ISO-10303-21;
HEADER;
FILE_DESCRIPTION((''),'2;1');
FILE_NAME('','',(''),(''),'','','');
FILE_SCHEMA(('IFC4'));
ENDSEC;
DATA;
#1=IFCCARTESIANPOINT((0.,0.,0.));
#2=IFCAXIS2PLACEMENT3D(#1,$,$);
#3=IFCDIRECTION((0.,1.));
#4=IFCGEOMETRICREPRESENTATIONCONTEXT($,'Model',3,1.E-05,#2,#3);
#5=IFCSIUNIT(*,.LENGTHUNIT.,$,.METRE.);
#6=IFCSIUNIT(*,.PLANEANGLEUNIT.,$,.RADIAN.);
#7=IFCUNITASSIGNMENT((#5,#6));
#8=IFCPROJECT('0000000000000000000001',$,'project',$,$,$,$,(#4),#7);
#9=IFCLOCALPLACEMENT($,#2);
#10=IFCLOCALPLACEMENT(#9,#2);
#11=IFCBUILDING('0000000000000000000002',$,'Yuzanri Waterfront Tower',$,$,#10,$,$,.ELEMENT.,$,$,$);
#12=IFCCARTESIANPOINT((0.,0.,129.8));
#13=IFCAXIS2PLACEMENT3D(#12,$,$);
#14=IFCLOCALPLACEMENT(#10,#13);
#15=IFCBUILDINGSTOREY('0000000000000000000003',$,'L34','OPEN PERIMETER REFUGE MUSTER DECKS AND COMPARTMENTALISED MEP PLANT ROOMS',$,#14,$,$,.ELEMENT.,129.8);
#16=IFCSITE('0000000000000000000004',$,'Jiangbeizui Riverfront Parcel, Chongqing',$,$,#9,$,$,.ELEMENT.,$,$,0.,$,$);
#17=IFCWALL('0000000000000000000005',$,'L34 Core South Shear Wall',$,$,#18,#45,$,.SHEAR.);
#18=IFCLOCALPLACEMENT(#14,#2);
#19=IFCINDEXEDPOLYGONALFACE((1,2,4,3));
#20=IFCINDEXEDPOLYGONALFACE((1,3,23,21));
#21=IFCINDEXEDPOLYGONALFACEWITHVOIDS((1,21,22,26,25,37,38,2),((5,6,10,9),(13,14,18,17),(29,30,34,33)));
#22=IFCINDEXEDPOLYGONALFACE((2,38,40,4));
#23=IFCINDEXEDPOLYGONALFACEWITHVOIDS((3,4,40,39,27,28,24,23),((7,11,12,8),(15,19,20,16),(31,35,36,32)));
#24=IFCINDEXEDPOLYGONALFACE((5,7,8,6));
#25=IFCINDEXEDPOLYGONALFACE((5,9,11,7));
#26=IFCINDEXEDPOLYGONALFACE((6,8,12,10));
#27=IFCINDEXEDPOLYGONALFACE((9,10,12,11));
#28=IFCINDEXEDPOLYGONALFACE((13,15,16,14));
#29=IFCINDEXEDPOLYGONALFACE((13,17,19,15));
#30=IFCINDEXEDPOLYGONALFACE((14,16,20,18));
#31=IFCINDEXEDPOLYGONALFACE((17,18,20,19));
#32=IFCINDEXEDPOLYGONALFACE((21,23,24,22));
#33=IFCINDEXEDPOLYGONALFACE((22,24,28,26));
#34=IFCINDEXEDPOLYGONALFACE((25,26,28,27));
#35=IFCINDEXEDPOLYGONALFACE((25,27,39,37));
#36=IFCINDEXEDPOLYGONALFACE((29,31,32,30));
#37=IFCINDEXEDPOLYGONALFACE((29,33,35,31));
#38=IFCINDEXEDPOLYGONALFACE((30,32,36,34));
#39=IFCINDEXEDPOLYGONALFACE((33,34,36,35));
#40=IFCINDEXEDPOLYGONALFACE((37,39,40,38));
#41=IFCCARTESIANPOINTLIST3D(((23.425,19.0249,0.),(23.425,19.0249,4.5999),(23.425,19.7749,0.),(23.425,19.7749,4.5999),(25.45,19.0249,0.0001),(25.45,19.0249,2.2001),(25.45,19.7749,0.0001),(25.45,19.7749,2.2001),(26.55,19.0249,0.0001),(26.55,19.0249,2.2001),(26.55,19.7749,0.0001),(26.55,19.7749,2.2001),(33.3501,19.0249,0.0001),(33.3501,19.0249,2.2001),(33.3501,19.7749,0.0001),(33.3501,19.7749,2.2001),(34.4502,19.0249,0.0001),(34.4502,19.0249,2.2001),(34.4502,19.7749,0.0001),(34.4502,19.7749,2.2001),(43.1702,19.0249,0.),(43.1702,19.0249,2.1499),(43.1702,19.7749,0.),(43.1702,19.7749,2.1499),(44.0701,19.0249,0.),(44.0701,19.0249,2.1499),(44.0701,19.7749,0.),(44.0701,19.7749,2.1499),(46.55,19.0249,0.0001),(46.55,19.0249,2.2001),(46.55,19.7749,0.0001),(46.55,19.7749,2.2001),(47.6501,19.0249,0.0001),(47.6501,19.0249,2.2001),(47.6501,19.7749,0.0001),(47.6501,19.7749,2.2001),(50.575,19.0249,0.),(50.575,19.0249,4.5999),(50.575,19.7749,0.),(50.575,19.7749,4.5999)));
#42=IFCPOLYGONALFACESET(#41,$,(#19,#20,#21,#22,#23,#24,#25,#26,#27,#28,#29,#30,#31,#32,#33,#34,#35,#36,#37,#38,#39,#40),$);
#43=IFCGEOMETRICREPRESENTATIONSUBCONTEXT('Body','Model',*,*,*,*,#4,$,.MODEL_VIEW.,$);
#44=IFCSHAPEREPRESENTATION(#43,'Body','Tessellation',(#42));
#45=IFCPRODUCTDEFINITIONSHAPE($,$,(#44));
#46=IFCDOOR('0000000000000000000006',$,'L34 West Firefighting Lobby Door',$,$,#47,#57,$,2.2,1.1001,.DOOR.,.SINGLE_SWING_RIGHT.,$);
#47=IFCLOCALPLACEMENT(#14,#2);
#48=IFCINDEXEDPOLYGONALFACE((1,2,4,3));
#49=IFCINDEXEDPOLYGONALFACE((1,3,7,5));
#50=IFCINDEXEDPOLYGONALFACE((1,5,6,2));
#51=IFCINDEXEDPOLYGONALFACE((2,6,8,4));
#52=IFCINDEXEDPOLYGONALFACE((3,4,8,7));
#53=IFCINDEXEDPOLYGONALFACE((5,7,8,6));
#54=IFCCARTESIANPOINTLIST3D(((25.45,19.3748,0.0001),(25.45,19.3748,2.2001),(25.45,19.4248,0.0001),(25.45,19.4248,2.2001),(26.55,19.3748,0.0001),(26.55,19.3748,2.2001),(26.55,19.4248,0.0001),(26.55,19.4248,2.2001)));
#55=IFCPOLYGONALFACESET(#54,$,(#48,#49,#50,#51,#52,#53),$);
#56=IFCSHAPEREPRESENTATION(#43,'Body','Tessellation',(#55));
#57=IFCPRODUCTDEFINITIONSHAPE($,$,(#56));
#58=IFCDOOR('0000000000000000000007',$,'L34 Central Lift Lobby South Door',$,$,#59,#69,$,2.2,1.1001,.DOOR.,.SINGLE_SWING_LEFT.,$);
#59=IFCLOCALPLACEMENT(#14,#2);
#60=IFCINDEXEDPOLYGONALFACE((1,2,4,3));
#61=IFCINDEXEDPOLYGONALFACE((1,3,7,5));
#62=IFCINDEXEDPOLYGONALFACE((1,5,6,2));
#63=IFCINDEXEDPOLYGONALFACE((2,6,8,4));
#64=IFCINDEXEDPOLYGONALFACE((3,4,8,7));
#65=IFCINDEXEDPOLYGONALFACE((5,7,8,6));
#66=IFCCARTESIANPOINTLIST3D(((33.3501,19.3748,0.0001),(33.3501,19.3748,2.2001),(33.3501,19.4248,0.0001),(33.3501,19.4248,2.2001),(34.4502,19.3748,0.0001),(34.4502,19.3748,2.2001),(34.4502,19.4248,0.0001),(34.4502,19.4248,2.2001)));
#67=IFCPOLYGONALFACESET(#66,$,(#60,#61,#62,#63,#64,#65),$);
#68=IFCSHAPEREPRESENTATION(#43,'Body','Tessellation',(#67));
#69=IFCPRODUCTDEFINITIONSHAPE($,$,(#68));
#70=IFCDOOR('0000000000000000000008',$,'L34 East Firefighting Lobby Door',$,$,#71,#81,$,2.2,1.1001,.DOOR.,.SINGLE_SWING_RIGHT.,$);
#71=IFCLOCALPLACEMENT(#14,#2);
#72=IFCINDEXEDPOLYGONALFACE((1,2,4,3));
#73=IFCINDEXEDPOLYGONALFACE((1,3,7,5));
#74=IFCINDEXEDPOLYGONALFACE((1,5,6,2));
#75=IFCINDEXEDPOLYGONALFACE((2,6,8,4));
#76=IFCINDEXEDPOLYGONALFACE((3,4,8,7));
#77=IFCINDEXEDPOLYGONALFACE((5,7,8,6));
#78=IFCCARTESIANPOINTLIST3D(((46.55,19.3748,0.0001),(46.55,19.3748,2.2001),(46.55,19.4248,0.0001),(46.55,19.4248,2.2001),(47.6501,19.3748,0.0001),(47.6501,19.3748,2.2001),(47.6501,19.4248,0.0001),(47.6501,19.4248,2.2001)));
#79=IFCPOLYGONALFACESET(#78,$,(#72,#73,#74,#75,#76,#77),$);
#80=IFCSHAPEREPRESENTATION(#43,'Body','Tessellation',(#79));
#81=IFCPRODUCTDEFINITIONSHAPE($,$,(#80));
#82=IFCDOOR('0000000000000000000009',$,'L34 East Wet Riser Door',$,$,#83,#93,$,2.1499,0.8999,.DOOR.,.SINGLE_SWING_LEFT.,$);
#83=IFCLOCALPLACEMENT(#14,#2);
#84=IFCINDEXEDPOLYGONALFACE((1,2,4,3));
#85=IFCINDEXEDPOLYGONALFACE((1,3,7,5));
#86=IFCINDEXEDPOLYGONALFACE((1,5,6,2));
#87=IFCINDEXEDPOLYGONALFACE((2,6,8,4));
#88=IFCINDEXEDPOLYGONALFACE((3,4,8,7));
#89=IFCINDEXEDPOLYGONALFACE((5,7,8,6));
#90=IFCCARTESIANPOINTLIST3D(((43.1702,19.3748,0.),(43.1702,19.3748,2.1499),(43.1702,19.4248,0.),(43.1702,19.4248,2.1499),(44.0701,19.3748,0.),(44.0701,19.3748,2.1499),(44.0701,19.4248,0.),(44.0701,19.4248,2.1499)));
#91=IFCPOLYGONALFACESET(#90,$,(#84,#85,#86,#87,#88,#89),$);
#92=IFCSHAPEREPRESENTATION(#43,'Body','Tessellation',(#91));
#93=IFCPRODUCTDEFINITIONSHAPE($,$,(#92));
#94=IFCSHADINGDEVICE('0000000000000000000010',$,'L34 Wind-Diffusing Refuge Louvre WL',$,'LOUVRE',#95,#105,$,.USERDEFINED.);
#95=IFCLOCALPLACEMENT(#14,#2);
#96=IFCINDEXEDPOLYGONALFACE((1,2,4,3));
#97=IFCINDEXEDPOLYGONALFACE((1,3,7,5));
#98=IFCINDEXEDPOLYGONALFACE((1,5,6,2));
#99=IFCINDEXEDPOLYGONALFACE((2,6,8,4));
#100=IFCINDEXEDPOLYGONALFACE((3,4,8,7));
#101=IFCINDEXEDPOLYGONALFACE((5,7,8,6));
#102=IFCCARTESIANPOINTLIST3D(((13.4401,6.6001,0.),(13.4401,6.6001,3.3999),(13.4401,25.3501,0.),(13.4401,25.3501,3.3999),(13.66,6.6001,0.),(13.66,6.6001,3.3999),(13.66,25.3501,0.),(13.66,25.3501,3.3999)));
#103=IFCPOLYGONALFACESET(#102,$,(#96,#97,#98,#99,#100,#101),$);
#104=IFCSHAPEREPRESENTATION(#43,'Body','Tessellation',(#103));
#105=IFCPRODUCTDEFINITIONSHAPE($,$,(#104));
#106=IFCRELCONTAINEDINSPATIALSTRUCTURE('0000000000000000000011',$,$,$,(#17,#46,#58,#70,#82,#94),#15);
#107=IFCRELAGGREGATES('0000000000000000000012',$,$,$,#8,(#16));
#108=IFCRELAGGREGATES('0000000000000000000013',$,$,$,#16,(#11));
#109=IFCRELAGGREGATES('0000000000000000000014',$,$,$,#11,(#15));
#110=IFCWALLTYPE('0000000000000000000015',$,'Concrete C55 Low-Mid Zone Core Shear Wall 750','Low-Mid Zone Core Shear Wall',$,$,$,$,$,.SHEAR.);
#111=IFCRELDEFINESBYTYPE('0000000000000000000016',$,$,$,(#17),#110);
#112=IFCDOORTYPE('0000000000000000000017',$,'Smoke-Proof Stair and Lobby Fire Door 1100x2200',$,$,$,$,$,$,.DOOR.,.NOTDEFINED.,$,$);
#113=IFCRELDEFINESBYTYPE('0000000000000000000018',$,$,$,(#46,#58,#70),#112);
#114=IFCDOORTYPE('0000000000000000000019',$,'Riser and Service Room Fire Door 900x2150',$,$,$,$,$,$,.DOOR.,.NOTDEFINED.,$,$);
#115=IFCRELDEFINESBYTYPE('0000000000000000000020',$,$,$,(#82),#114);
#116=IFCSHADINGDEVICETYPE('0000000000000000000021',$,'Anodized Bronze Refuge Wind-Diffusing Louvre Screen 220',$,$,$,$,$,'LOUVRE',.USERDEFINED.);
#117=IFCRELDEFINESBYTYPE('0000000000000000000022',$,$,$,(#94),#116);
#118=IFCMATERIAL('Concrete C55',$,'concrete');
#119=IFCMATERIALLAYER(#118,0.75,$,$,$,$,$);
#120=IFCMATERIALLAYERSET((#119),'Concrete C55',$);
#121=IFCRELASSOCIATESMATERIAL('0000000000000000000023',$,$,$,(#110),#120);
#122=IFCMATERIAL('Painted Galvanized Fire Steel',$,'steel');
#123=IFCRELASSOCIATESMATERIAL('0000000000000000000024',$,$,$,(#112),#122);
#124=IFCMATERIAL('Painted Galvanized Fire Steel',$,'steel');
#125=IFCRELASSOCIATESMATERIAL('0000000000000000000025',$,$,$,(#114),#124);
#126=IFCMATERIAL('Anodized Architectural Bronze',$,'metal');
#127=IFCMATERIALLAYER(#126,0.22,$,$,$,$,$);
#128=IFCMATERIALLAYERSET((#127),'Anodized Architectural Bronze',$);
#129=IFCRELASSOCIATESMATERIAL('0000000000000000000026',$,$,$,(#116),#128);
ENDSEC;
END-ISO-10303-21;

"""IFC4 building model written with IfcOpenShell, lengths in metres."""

from ifc_helpers import new_model, si_unit, direction, frame, frame_2d, origin, origin_2d, place, context, subcontext, project, spatial, rectangle, extrude, source, transform, mapped, material, layer, layer_set, type_object, element, fill, save


model = new_model("IFC4")

# Units and contexts
model_context = context("Model", 3, precision=1e-05, world=origin(), true_north=direction((0.0, 1.0)))
body_context = subcontext(model_context, "Body", "Model", "MODEL_VIEW")
ifc_project = project(units=[si_unit("LENGTHUNIT", "METRE"), si_unit("PLANEANGLEUNIT", "RADIAN")], contexts=[model_context])

# Site, building, storey
site_placement = place(None, origin())
site = spatial("IfcSite", under=ifc_project, at=site_placement, Name="Jiangbeizui Riverfront Parcel, Chongqing", CompositionType="ELEMENT", RefElevation=0.0)
building_placement = place(site_placement, origin())
building = spatial("IfcBuilding", under=site, at=building_placement, Name="Yuzanri Waterfront Tower", CompositionType="ELEMENT")
storey_placement = place(building_placement, frame((0.0, 0.0, 129.8)))
storey = spatial("IfcBuildingStorey", under=building, at=storey_placement, Name="L34", Description="OPEN PERIMETER REFUGE MUSTER DECKS AND COMPARTMENTALISED MEP PLANT ROOMS", CompositionType="ELEMENT", Elevation=129.8)

# Wall, openings, doors
ifc_material_1 = material(Name="Concrete C55", Category="concrete")
ifc_layer_1 = layer(ifc_material_1, 0.75)
ifc_layer_set_1 = layer_set([ifc_layer_1], Name="Concrete C55")
wall_type = type_object("IfcWallType", Name="Concrete C55 Low-Mid Zone Core Shear Wall 750", Description="Low-Mid Zone Core Shear Wall", PredefinedType="SHEAR", material=ifc_layer_set_1)
wall_placement = place(storey_placement, frame((23.425, 19.3999, 0.0), z_axis=(0.0, 0.0, 1.0), x_axis=(1.0, 0.0, 0.0)))
wall = element("IfcWall", 1, at=wall_placement, inside=storey, type_object=wall_type, Name="L34 Core South Shear Wall", PredefinedType="SHEAR", context=body_context, shape_type="SweptSolid", body=[
    extrude(rectangle(XDim=27.1499, YDim=0.75, at=frame_2d((13.575, 0.0))), origin(), (0.0, 0.0, 1.0), 4.5999),
])
opening_1_placement = place(wall_placement, frame((2.0249, 0.0, 0.0)))
opening_1 = element("IfcOpeningElement", 2, at=opening_1_placement, cuts=wall, PredefinedType="OPENING", context=body_context, shape_type="SweptSolid", body=[
    extrude(rectangle(XDim=1.1001, YDim=2.2, at=frame_2d((0.55, 1.1001))), frame((0.0, 0.3899, 0.0), z_axis=(0.0, -1.0, 0.0), x_axis=(1.0, 0.0, 0.0)), (0.0, 0.0, 1.0), 0.7798),
])
opening_2_placement = place(wall_placement, frame((9.925, 0.0, 0.0)))
opening_2 = element("IfcOpeningElement", 3, at=opening_2_placement, cuts=wall, PredefinedType="OPENING", context=body_context, shape_type="SweptSolid", body=[
    extrude(rectangle(XDim=1.1001, YDim=2.2, at=frame_2d((0.55, 1.1001))), frame((0.0, 0.3899, 0.0), z_axis=(0.0, -1.0, 0.0), x_axis=(1.0, 0.0, 0.0)), (0.0, 0.0, 1.0), 0.7798),
])
opening_3_placement = place(wall_placement, frame((23.125, 0.0, 0.0)))
opening_3 = element("IfcOpeningElement", 4, at=opening_3_placement, cuts=wall, PredefinedType="OPENING", context=body_context, shape_type="SweptSolid", body=[
    extrude(rectangle(XDim=1.1001, YDim=2.2, at=frame_2d((0.55, 1.1001))), frame((0.0, 0.3899, 0.0), z_axis=(0.0, -1.0, 0.0), x_axis=(1.0, 0.0, 0.0)), (0.0, 0.0, 1.0), 0.7798),
])
opening_4_placement = place(wall_placement, frame((19.7451, 0.0, 0.0)))
opening_4 = element("IfcOpeningElement", 5, at=opening_4_placement, cuts=wall, PredefinedType="OPENING", context=body_context, shape_type="SweptSolid", body=[
    extrude(rectangle(XDim=0.8999, YDim=2.1499, at=frame_2d((0.45, 1.075))), frame((0.0, 0.3899, 0.0), z_axis=(0.0, -1.0, 0.0), x_axis=(1.0, 0.0, 0.0)), (0.0, 0.0, 1.0), 0.7798),
])
ifc_material_2 = material(Name="Painted Galvanized Fire Steel", Category="steel")
door_type_1 = type_object("IfcDoorType", Name="Smoke-Proof Stair and Lobby Fire Door 1100x2200", OperationType="NOTDEFINED", PredefinedType="DOOR", material=ifc_material_2)
shared_shape_1 = source(origin(), body_context, "Body", "SweptSolid", [
    extrude(rectangle(XDim=1.1001, YDim=2.2, at=frame_2d((0.55, 1.1001))), frame((0.0, 0.0249, 0.0), z_axis=(0.0, -1.0, 0.0), x_axis=(1.0, 0.0, 0.0)), (0.0, 0.0, 1.0), 0.05),
])
door_1_placement = place(opening_1_placement, origin())
door_1 = element("IfcDoor", 6, at=door_1_placement, inside=storey, type_object=door_type_1, Name="L34 West Firefighting Lobby Door", OperationType="SINGLE_SWING_RIGHT", OverallHeight=2.2, OverallWidth=1.1001, PredefinedType="DOOR", context=body_context, shape_type="MappedRepresentation", body=[
    mapped(shared_shape_1, transform((0.0, 0.0, 0.0), scale=1.0)),
])
fill(opening_1, door_1)
door_2_placement = place(opening_2_placement, origin())
door_2 = element("IfcDoor", 7, at=door_2_placement, inside=storey, type_object=door_type_1, Name="L34 Central Lift Lobby South Door", OperationType="SINGLE_SWING_LEFT", OverallHeight=2.2, OverallWidth=1.1001, PredefinedType="DOOR", context=body_context, shape_type="MappedRepresentation", body=[
    mapped(shared_shape_1, transform((0.0, 0.0, 0.0), scale=1.0)),
])
fill(opening_2, door_2)
door_3_placement = place(opening_3_placement, origin())
door_3 = element("IfcDoor", 8, at=door_3_placement, inside=storey, type_object=door_type_1, Name="L34 East Firefighting Lobby Door", OperationType="SINGLE_SWING_RIGHT", OverallHeight=2.2, OverallWidth=1.1001, PredefinedType="DOOR", context=body_context, shape_type="MappedRepresentation", body=[
    mapped(shared_shape_1, transform((0.0, 0.0, 0.0), scale=1.0)),
])
fill(opening_3, door_3)
ifc_material_3 = material(Name="Painted Galvanized Fire Steel", Category="steel")
door_type_2 = type_object("IfcDoorType", Name="Riser and Service Room Fire Door 900x2150", OperationType="NOTDEFINED", PredefinedType="DOOR", material=ifc_material_3)
shared_shape_2 = source(origin(), body_context, "Body", "SweptSolid", [
    extrude(rectangle(XDim=0.8999, YDim=2.1499, at=frame_2d((0.45, 1.075))), frame((0.0, 0.0249, 0.0), z_axis=(0.0, -1.0, 0.0), x_axis=(1.0, 0.0, 0.0)), (0.0, 0.0, 1.0), 0.05),
])
door_4_placement = place(opening_4_placement, origin())
door_4 = element("IfcDoor", 9, at=door_4_placement, inside=storey, type_object=door_type_2, Name="L34 East Wet Riser Door", OperationType="SINGLE_SWING_LEFT", OverallHeight=2.1499, OverallWidth=0.8999, PredefinedType="DOOR", context=body_context, shape_type="MappedRepresentation", body=[
    mapped(shared_shape_2, transform((0.0, 0.0, 0.0), scale=1.0)),
])
fill(opening_4, door_4)

# Shading device
ifc_material_4 = material(Name="Anodized Architectural Bronze", Category="metal")
ifc_layer_2 = layer(ifc_material_4, 0.22)
ifc_layer_set_2 = layer_set([ifc_layer_2], Name="Anodized Architectural Bronze")
shading_device_type = type_object("IfcShadingDeviceType", Name="Anodized Bronze Refuge Wind-Diffusing Louvre Screen 220", ElementType="LOUVRE", PredefinedType="USERDEFINED", material=ifc_layer_set_2)
shared_shape_3 = source(origin(), body_context, "Body", "SweptSolid", [
    extrude(rectangle(XDim=0.22, YDim=18.75, at=origin_2d()), origin(), (0.0, 0.0, 1.0), 3.3999),
])
shading_device_placement = place(storey_placement, frame((13.55, 15.9751, 0.0), z_axis=(0.0, 0.0, 1.0), x_axis=(1.0, 0.0, 0.0)))
element("IfcShadingDevice", 10, at=shading_device_placement, inside=storey, type_object=shading_device_type, Name="L34 Wind-Diffusing Refuge Louvre WL", ObjectType="LOUVRE", PredefinedType="USERDEFINED", context=body_context, shape_type="MappedRepresentation", body=[
    mapped(shared_shape_3, transform((0.0, 0.0, 0.0), scale=1.0)),
])

save(model, "model.ifc")
